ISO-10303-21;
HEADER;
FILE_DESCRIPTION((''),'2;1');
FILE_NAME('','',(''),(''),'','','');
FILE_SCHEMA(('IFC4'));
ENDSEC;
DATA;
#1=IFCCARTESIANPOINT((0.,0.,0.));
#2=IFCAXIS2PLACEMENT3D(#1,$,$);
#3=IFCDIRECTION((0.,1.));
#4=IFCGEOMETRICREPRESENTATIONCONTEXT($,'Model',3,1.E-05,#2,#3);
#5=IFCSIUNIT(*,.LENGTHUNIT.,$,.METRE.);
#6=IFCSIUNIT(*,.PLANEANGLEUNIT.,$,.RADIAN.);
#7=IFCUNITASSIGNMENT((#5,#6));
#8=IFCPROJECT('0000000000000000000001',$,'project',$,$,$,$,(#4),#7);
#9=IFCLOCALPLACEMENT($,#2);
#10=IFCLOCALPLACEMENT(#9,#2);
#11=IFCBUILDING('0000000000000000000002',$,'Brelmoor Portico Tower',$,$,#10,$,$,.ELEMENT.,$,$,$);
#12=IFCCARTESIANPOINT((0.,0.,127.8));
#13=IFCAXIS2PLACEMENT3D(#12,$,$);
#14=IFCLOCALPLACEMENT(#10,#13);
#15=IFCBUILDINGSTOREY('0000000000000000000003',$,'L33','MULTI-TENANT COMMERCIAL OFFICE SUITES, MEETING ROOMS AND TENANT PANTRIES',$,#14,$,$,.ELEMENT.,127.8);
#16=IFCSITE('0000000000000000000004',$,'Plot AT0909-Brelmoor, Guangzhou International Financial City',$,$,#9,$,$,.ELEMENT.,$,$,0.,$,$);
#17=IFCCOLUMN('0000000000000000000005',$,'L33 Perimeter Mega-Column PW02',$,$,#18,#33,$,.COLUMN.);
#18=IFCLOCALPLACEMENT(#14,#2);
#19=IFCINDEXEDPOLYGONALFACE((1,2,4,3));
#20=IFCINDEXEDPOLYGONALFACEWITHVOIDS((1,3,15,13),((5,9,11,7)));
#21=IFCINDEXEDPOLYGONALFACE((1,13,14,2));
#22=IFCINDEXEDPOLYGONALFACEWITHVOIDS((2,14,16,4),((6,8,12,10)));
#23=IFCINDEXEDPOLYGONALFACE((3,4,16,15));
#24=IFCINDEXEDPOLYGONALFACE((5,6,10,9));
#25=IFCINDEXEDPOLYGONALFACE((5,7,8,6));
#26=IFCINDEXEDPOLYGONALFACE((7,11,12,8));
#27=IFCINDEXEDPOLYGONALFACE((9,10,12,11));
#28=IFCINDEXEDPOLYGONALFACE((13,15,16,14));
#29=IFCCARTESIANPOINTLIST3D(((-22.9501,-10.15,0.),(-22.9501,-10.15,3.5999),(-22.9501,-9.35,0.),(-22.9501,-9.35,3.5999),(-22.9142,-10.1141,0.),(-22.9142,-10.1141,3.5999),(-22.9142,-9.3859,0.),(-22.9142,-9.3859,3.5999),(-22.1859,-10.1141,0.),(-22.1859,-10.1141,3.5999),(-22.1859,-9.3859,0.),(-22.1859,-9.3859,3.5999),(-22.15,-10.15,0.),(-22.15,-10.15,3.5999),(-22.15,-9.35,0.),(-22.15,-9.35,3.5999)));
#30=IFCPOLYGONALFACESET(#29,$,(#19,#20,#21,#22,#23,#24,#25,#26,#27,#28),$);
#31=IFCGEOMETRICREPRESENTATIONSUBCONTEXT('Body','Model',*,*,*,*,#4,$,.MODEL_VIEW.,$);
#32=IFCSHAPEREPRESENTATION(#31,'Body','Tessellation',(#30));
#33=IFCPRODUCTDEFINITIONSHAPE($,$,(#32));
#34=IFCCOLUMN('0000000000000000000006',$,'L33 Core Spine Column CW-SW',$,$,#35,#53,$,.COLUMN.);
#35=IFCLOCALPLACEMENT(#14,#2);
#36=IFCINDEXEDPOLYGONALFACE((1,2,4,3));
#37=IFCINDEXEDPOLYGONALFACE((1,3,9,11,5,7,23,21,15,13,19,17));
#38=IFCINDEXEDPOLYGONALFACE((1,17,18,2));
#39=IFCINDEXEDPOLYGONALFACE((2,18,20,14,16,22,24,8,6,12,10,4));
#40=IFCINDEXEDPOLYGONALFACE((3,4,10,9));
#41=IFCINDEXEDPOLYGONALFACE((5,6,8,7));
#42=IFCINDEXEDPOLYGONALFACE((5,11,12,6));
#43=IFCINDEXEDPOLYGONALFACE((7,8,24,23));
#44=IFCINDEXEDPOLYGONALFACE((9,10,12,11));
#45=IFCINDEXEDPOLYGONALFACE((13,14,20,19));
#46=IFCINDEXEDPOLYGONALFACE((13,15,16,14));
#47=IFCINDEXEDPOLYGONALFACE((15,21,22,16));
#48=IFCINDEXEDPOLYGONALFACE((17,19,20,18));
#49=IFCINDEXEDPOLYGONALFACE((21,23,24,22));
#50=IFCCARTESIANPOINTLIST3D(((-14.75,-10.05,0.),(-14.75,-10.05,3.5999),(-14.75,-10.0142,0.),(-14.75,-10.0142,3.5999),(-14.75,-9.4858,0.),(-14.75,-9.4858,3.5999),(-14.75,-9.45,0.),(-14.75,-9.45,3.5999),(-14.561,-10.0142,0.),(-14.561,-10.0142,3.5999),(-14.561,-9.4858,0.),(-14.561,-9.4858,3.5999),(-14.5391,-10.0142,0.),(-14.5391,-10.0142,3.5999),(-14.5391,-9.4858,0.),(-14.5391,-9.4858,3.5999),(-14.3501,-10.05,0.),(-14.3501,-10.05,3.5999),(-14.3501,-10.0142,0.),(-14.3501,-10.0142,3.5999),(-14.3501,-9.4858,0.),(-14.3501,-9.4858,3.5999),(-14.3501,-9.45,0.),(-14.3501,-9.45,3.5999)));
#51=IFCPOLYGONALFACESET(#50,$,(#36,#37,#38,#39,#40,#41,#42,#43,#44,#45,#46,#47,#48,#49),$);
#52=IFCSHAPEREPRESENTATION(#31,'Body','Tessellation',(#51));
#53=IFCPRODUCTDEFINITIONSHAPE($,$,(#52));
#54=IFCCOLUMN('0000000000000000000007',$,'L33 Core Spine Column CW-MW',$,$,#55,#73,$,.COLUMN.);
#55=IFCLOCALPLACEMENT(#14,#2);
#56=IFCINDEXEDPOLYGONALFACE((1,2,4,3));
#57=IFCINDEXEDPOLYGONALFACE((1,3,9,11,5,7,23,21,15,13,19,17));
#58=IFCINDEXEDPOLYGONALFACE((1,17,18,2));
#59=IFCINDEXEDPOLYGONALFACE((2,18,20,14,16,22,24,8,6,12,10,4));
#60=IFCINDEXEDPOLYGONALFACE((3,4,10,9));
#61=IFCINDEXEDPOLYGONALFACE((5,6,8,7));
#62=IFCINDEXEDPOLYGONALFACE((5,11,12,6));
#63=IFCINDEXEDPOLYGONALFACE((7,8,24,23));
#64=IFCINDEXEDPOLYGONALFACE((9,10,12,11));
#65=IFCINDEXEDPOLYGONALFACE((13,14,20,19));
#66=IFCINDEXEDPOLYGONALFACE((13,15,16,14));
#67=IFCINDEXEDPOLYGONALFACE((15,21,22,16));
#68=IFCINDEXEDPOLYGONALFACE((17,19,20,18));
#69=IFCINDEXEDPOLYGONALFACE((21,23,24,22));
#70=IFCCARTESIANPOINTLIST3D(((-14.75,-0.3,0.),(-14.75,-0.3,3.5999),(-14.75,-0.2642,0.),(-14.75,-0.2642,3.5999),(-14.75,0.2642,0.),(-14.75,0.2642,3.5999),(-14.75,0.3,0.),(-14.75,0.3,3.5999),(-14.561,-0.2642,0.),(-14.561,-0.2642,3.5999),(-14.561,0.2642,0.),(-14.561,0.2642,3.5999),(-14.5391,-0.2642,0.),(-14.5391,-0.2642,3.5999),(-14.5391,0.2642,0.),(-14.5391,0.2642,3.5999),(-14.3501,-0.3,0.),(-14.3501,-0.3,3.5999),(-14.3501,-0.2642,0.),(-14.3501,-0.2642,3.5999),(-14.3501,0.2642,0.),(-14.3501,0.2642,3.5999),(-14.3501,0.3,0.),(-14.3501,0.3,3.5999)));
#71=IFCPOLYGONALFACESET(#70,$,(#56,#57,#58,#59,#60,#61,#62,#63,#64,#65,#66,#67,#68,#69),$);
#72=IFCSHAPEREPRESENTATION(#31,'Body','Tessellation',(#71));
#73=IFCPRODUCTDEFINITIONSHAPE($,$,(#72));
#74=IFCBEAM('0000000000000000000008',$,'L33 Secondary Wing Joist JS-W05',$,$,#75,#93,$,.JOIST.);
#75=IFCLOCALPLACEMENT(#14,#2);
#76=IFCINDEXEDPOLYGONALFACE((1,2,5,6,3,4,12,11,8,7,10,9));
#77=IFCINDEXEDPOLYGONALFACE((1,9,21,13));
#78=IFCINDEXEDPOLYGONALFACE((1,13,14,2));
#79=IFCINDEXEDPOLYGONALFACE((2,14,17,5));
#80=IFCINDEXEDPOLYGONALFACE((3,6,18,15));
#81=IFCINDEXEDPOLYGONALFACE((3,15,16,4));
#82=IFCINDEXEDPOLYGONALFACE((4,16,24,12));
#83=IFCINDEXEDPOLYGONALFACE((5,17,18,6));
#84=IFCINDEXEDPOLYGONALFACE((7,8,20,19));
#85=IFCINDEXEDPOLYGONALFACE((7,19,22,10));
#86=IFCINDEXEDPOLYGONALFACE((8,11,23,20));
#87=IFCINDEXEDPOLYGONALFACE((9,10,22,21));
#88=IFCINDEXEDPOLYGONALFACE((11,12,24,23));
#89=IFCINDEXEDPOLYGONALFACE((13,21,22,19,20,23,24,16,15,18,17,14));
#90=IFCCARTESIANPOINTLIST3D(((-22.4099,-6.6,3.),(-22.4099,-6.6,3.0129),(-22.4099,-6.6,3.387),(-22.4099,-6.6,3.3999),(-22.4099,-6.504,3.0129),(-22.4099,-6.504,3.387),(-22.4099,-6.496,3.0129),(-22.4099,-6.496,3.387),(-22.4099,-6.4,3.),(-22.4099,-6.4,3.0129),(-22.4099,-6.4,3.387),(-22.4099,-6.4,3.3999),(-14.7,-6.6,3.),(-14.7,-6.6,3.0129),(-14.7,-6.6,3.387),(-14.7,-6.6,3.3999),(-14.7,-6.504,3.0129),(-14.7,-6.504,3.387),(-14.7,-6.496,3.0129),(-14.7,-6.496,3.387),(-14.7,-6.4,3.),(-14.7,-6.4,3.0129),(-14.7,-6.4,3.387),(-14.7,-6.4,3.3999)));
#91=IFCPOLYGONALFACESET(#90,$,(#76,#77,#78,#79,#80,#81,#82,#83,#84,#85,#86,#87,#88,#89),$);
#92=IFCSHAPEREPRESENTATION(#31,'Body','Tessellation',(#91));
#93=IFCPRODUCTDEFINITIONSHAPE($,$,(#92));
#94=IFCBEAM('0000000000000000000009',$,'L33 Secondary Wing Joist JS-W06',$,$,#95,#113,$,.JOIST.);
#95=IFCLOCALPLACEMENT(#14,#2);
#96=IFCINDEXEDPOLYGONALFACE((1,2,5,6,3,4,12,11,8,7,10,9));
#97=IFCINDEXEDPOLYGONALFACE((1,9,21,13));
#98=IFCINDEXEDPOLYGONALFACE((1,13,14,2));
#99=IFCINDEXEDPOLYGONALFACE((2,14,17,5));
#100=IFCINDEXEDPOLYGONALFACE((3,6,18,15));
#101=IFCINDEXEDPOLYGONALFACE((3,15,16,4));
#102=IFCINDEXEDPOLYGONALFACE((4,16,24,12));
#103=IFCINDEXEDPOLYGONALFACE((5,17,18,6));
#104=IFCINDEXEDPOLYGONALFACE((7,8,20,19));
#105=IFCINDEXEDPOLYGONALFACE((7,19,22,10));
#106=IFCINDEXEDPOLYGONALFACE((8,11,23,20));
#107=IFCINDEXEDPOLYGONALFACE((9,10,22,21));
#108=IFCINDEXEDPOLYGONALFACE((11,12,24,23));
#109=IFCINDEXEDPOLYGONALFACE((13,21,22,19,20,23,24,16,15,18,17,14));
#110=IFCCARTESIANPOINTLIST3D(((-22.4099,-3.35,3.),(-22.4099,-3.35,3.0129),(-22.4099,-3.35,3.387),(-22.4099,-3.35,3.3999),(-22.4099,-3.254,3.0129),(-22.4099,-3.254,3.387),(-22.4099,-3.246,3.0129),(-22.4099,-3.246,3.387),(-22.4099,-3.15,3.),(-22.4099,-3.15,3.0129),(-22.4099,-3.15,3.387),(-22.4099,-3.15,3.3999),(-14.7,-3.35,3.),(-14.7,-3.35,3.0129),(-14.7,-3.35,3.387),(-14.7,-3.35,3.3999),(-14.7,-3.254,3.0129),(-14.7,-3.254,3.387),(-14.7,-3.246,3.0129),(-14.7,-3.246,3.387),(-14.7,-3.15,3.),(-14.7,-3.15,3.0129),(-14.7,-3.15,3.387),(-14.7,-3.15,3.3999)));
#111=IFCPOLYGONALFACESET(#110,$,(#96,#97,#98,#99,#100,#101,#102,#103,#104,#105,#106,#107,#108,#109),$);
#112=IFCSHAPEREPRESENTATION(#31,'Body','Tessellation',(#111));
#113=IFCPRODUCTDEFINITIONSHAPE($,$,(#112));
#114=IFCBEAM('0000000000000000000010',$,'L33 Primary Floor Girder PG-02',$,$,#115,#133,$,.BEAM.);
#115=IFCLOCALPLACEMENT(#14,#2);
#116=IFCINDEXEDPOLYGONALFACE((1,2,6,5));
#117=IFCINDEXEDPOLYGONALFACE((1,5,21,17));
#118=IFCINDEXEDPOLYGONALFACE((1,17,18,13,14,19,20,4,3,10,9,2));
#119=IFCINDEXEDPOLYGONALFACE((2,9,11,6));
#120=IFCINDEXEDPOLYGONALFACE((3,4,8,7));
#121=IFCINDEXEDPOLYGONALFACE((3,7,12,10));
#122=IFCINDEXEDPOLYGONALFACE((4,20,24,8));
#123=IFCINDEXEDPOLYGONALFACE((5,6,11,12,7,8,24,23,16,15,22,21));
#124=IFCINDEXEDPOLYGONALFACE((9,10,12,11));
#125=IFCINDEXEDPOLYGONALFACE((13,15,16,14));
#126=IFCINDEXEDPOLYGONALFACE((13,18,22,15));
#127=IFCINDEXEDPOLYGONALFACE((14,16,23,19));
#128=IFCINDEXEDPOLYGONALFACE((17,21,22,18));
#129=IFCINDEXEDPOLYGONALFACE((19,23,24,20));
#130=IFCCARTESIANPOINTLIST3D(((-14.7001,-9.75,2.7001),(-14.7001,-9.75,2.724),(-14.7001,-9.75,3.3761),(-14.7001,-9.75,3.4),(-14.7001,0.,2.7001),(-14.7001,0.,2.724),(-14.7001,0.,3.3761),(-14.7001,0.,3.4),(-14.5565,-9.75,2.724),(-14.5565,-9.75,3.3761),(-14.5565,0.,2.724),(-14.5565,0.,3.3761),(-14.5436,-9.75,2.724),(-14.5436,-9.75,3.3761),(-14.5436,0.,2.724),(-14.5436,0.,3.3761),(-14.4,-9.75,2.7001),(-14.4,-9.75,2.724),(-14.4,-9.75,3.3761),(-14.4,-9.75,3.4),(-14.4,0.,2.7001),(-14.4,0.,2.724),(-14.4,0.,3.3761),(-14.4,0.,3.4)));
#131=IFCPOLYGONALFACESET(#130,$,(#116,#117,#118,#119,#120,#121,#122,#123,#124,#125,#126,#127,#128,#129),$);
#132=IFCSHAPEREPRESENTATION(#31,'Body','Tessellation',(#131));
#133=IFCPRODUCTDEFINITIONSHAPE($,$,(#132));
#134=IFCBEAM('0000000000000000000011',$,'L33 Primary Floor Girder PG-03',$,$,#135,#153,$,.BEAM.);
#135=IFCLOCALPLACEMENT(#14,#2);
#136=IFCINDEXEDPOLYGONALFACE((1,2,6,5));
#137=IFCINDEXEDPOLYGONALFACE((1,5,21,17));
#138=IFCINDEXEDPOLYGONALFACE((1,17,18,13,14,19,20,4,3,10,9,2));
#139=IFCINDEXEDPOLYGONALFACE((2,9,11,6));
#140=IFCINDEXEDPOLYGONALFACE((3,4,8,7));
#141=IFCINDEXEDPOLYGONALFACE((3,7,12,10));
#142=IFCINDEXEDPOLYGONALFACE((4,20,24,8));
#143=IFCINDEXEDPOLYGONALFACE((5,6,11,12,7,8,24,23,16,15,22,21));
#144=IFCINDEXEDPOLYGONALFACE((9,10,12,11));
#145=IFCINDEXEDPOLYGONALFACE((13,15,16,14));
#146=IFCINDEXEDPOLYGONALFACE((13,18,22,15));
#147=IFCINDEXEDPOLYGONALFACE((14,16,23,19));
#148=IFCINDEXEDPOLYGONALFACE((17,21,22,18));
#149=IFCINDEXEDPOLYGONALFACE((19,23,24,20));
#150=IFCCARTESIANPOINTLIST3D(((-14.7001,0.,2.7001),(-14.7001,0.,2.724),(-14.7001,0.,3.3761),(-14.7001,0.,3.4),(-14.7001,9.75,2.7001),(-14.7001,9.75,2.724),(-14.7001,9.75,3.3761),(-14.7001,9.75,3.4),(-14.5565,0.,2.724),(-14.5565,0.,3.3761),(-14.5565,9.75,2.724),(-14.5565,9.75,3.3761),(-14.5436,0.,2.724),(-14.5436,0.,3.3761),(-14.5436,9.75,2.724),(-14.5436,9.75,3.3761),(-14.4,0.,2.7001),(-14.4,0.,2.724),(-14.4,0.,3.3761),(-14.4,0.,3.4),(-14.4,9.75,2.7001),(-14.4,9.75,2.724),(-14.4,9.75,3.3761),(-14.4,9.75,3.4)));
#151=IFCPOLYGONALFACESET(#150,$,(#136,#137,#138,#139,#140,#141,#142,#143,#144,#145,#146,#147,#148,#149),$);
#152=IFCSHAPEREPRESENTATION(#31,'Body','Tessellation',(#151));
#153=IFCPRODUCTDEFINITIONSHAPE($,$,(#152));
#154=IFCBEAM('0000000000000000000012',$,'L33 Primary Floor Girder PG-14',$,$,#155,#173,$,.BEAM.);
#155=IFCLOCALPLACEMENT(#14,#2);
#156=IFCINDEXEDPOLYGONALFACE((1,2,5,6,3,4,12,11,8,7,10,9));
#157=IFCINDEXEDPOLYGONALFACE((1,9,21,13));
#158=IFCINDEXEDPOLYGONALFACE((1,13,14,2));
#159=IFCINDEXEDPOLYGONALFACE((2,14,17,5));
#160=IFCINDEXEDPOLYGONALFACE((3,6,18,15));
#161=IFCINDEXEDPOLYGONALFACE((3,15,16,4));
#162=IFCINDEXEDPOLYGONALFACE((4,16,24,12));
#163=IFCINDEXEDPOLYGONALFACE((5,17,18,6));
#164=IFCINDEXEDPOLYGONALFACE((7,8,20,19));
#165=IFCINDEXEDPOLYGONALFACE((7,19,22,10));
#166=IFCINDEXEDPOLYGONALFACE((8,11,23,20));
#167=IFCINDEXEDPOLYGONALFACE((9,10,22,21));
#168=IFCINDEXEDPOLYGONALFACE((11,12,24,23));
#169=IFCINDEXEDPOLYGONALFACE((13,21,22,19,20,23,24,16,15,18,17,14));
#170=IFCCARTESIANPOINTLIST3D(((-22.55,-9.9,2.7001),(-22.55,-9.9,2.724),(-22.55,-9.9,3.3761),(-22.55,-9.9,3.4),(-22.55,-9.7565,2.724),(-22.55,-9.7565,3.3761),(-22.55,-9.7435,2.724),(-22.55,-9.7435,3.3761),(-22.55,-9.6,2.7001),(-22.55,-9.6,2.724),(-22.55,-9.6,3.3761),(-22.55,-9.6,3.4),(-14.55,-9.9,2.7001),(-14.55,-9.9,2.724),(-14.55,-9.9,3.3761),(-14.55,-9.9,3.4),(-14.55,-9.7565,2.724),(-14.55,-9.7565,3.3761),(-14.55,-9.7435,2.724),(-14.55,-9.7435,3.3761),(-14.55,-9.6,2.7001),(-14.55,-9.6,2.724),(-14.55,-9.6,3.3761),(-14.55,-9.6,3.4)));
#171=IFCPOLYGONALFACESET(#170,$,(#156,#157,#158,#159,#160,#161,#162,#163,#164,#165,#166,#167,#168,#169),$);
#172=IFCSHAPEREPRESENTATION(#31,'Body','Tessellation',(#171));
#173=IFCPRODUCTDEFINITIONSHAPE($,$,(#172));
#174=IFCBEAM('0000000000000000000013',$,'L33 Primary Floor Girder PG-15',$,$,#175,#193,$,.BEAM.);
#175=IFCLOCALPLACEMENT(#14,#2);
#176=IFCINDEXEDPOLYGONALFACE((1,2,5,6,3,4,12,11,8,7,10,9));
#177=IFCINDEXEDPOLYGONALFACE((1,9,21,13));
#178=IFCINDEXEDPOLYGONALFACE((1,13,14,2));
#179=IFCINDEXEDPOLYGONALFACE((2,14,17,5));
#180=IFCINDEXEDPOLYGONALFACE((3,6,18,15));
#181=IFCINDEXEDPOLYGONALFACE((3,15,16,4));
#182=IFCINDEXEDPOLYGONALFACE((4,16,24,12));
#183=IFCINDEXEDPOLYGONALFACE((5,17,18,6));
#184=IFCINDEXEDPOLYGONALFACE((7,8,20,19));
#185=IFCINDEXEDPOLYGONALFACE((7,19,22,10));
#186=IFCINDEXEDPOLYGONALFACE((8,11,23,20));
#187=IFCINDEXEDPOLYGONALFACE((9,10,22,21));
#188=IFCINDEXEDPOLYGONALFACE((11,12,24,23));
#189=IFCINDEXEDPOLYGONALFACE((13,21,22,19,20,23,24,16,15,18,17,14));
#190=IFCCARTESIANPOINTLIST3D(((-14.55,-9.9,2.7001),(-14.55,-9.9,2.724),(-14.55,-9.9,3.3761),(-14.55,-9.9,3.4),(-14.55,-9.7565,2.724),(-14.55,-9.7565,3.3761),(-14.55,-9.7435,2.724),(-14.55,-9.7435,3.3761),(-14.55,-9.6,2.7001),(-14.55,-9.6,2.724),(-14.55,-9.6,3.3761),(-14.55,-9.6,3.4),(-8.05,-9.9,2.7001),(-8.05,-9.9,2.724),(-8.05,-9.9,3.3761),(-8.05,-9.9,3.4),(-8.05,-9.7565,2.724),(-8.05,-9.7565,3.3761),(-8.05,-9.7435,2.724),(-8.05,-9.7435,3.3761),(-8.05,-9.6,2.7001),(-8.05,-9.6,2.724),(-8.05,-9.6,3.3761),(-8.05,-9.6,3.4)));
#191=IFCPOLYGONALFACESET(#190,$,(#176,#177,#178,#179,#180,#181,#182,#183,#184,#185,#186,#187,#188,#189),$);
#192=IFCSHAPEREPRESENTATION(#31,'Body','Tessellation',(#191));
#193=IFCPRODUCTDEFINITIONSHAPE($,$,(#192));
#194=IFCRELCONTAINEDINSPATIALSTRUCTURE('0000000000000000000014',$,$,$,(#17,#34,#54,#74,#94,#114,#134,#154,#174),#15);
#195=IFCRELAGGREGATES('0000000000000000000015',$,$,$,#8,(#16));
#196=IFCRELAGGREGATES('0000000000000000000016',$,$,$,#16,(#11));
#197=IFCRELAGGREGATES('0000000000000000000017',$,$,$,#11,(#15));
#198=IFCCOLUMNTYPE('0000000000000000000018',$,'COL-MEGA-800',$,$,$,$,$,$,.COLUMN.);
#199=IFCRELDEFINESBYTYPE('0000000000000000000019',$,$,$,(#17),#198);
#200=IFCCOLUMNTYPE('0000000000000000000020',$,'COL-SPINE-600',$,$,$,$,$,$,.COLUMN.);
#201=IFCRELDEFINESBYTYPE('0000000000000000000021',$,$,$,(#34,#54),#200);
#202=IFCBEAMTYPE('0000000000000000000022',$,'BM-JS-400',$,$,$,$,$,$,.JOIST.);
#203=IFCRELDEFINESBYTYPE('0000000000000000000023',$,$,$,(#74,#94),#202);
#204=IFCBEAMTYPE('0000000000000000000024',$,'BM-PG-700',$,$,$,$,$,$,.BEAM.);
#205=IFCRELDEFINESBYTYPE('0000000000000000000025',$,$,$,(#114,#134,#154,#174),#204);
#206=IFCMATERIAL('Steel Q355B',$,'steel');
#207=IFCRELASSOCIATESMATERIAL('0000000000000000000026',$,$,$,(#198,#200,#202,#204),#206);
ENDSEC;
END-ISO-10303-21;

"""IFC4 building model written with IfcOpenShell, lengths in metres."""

from ifc_helpers import new_model, si_unit, direction, frame, origin, origin_2d, place, context, subcontext, project, spatial, hollow_rectangle, i_section, extrude, material, material_profile, profile_set, type_object, element, save


model = new_model("IFC4")

# Units and contexts
model_context = context("Model", 3, precision=1e-05, world=origin(), true_north=direction((0.0, 1.0)))
body_context = subcontext(model_context, "Body", "Model", "MODEL_VIEW")
ifc_project = project(units=[si_unit("LENGTHUNIT", "METRE"), si_unit("PLANEANGLEUNIT", "RADIAN")], contexts=[model_context])

# Site, building, storey
site_placement = place(None, origin())
site = spatial("IfcSite", under=ifc_project, at=site_placement, Name="Plot AT0909-Brelmoor, Guangzhou International Financial City", CompositionType="ELEMENT", RefElevation=0.0)
building_placement = place(site_placement, origin())
building = spatial("IfcBuilding", under=site, at=building_placement, Name="Brelmoor Portico Tower", CompositionType="ELEMENT")
storey_placement = place(building_placement, frame((0.0, 0.0, 127.8)))
storey = spatial("IfcBuildingStorey", under=building, at=storey_placement, Name="L33", Description="MULTI-TENANT COMMERCIAL OFFICE SUITES, MEETING ROOMS AND TENANT PANTRIES", CompositionType="ELEMENT", Elevation=127.8)

# Columns
ifc_material_1 = material(Name="Steel Q355B", Category="steel")
ifc_material_profile_1 = material_profile(ifc_material_1, hollow_rectangle(XDim=0.8, YDim=0.8, WallThickness=0.0359, at=origin_2d()), Name="BOX 800x800x36")
ifc_profile_set_1 = profile_set([ifc_material_profile_1], Name="Steel Q355B")
column_type_1 = type_object("IfcColumnType", Name="COL-MEGA-800", PredefinedType="COLUMN", material=ifc_profile_set_1)
column_placement = place(storey_placement, frame((-22.55, -9.75, 0.0), z_axis=(0.0, 0.0, 1.0), x_axis=(0.0, 1.0, 0.0)))
element("IfcColumn", 1, at=column_placement, inside=storey, type_object=column_type_1, Name="L33 Perimeter Mega-Column PW02", PredefinedType="COLUMN", context=body_context, shape_type="SweptSolid", body=[
    extrude(hollow_rectangle(XDim=0.8, YDim=0.8, WallThickness=0.0359, at=origin_2d()), origin(), (0.0, 0.0, 1.0), 3.5999),
])
ifc_material_profile_2 = material_profile(ifc_material_1, i_section(OverallWidth=0.3999, OverallDepth=0.6001, WebThickness=0.022, FlangeThickness=0.0359, at=origin_2d()), Name="HW 600x400x22x36")
ifc_profile_set_2 = profile_set([ifc_material_profile_2], Name="Steel Q355B")
column_type_2 = type_object("IfcColumnType", Name="COL-SPINE-600", PredefinedType="COLUMN", material=ifc_profile_set_2)
for number, where, z_axis, x_axis, name in (
    (2, (-14.55, -9.75, 0.0), (0.0, 0.0, 1.0), (1.0, 0.0, 0.0), "L33 Core Spine Column CW-SW"),
    (3, (-14.55, 0.0, 0.0), (0.0, 0.0, 1.0), (1.0, 0.0, 0.0), "L33 Core Spine Column CW-MW"),
):
    element("IfcColumn", number, at=place(storey_placement, frame(where, z_axis=z_axis, x_axis=x_axis)), inside=storey, type_object=column_type_2, Name=name, PredefinedType="COLUMN", context=body_context, shape_type="SweptSolid", body=[
        extrude(i_section(OverallWidth=0.3999, OverallDepth=0.6001, WebThickness=0.022, FlangeThickness=0.0359, at=origin_2d()), origin(), (0.0, 0.0, 1.0), 3.5999),
    ])

# Beams
ifc_material_profile_3 = material_profile(ifc_material_1, i_section(OverallWidth=0.2, OverallDepth=0.3999, WebThickness=0.0081, FlangeThickness=0.0129, at=origin_2d()), Name="HN 400x200x8x13")
ifc_profile_set_3 = profile_set([ifc_material_profile_3], Name="Steel Q355B")
beam_type_1 = type_object("IfcBeamType", Name="BM-JS-400", PredefinedType="JOIST", material=ifc_profile_set_3)
for number, where, z_axis, x_axis, name in (
    (4, (-22.4099, -6.5, 3.2), (1.0, 0.0, 0.0), (0.0, 1.0, 0.0), "L33 Secondary Wing Joist JS-W05"),
    (5, (-22.4099, -3.25, 3.2), (1.0, 0.0, 0.0), (0.0, 1.0, 0.0), "L33 Secondary Wing Joist JS-W06"),
):
    element("IfcBeam", number, at=place(storey_placement, frame(where, z_axis=z_axis, x_axis=x_axis)), inside=storey, type_object=beam_type_1, Name=name, PredefinedType="JOIST", context=body_context, shape_type="SweptSolid", body=[
        extrude(i_section(OverallWidth=0.2, OverallDepth=0.3999, WebThickness=0.0081, FlangeThickness=0.0129, at=origin_2d()), origin(), (0.0, 0.0, 1.0), 7.71),
    ])
ifc_material_profile_4 = material_profile(ifc_material_1, i_section(OverallWidth=0.3, OverallDepth=0.7, WebThickness=0.0129, FlangeThickness=0.0239, at=origin_2d()), Name="HN 700x300x13x24")
ifc_profile_set_4 = profile_set([ifc_material_profile_4], Name="Steel Q355B")
beam_type_2 = type_object("IfcBeamType", Name="BM-PG-700", PredefinedType="BEAM", material=ifc_profile_set_4)
for number, where, z_axis, x_axis, name in (
    (6, (-14.55, -9.75, 3.05), (0.0, 1.0, 0.0), (-1.0, 0.0, 0.0), "L33 Primary Floor Girder PG-02"),
    (7, (-14.55, 0.0, 3.05), (0.0, 1.0, 0.0), (-1.0, 0.0, 0.0), "L33 Primary Floor Girder PG-03"),
):
    element("IfcBeam", number, at=place(storey_placement, frame(where, z_axis=z_axis, x_axis=x_axis)), inside=storey, type_object=beam_type_2, Name=name, PredefinedType="BEAM", context=body_context, shape_type="SweptSolid", body=[
        extrude(i_section(OverallWidth=0.3, OverallDepth=0.7, WebThickness=0.0129, FlangeThickness=0.0239, at=origin_2d()), origin(), (0.0, 0.0, 1.0), 9.75),
    ])
beam_1_placement = place(storey_placement, frame((-22.55, -9.75, 3.05), z_axis=(1.0, 0.0, 0.0), x_axis=(0.0, 1.0, 0.0)))
element("IfcBeam", 8, at=beam_1_placement, inside=storey, type_object=beam_type_2, Name="L33 Primary Floor Girder PG-14", PredefinedType="BEAM", context=body_context, shape_type="SweptSolid", body=[
    extrude(i_section(OverallWidth=0.3, OverallDepth=0.7, WebThickness=0.0129, FlangeThickness=0.0239, at=origin_2d()), origin(), (0.0, 0.0, 1.0), 8.0),
])
beam_2_placement = place(storey_placement, frame((-14.55, -9.75, 3.05), z_axis=(1.0, 0.0, 0.0), x_axis=(0.0, 1.0, 0.0)))
element("IfcBeam", 9, at=beam_2_placement, inside=storey, type_object=beam_type_2, Name="L33 Primary Floor Girder PG-15", PredefinedType="BEAM", context=body_context, shape_type="SweptSolid", body=[
    extrude(i_section(OverallWidth=0.3, OverallDepth=0.7, WebThickness=0.0129, FlangeThickness=0.0239, at=origin_2d()), origin(), (0.0, 0.0, 1.0), 6.5),
])

save(model, "model.ifc")
